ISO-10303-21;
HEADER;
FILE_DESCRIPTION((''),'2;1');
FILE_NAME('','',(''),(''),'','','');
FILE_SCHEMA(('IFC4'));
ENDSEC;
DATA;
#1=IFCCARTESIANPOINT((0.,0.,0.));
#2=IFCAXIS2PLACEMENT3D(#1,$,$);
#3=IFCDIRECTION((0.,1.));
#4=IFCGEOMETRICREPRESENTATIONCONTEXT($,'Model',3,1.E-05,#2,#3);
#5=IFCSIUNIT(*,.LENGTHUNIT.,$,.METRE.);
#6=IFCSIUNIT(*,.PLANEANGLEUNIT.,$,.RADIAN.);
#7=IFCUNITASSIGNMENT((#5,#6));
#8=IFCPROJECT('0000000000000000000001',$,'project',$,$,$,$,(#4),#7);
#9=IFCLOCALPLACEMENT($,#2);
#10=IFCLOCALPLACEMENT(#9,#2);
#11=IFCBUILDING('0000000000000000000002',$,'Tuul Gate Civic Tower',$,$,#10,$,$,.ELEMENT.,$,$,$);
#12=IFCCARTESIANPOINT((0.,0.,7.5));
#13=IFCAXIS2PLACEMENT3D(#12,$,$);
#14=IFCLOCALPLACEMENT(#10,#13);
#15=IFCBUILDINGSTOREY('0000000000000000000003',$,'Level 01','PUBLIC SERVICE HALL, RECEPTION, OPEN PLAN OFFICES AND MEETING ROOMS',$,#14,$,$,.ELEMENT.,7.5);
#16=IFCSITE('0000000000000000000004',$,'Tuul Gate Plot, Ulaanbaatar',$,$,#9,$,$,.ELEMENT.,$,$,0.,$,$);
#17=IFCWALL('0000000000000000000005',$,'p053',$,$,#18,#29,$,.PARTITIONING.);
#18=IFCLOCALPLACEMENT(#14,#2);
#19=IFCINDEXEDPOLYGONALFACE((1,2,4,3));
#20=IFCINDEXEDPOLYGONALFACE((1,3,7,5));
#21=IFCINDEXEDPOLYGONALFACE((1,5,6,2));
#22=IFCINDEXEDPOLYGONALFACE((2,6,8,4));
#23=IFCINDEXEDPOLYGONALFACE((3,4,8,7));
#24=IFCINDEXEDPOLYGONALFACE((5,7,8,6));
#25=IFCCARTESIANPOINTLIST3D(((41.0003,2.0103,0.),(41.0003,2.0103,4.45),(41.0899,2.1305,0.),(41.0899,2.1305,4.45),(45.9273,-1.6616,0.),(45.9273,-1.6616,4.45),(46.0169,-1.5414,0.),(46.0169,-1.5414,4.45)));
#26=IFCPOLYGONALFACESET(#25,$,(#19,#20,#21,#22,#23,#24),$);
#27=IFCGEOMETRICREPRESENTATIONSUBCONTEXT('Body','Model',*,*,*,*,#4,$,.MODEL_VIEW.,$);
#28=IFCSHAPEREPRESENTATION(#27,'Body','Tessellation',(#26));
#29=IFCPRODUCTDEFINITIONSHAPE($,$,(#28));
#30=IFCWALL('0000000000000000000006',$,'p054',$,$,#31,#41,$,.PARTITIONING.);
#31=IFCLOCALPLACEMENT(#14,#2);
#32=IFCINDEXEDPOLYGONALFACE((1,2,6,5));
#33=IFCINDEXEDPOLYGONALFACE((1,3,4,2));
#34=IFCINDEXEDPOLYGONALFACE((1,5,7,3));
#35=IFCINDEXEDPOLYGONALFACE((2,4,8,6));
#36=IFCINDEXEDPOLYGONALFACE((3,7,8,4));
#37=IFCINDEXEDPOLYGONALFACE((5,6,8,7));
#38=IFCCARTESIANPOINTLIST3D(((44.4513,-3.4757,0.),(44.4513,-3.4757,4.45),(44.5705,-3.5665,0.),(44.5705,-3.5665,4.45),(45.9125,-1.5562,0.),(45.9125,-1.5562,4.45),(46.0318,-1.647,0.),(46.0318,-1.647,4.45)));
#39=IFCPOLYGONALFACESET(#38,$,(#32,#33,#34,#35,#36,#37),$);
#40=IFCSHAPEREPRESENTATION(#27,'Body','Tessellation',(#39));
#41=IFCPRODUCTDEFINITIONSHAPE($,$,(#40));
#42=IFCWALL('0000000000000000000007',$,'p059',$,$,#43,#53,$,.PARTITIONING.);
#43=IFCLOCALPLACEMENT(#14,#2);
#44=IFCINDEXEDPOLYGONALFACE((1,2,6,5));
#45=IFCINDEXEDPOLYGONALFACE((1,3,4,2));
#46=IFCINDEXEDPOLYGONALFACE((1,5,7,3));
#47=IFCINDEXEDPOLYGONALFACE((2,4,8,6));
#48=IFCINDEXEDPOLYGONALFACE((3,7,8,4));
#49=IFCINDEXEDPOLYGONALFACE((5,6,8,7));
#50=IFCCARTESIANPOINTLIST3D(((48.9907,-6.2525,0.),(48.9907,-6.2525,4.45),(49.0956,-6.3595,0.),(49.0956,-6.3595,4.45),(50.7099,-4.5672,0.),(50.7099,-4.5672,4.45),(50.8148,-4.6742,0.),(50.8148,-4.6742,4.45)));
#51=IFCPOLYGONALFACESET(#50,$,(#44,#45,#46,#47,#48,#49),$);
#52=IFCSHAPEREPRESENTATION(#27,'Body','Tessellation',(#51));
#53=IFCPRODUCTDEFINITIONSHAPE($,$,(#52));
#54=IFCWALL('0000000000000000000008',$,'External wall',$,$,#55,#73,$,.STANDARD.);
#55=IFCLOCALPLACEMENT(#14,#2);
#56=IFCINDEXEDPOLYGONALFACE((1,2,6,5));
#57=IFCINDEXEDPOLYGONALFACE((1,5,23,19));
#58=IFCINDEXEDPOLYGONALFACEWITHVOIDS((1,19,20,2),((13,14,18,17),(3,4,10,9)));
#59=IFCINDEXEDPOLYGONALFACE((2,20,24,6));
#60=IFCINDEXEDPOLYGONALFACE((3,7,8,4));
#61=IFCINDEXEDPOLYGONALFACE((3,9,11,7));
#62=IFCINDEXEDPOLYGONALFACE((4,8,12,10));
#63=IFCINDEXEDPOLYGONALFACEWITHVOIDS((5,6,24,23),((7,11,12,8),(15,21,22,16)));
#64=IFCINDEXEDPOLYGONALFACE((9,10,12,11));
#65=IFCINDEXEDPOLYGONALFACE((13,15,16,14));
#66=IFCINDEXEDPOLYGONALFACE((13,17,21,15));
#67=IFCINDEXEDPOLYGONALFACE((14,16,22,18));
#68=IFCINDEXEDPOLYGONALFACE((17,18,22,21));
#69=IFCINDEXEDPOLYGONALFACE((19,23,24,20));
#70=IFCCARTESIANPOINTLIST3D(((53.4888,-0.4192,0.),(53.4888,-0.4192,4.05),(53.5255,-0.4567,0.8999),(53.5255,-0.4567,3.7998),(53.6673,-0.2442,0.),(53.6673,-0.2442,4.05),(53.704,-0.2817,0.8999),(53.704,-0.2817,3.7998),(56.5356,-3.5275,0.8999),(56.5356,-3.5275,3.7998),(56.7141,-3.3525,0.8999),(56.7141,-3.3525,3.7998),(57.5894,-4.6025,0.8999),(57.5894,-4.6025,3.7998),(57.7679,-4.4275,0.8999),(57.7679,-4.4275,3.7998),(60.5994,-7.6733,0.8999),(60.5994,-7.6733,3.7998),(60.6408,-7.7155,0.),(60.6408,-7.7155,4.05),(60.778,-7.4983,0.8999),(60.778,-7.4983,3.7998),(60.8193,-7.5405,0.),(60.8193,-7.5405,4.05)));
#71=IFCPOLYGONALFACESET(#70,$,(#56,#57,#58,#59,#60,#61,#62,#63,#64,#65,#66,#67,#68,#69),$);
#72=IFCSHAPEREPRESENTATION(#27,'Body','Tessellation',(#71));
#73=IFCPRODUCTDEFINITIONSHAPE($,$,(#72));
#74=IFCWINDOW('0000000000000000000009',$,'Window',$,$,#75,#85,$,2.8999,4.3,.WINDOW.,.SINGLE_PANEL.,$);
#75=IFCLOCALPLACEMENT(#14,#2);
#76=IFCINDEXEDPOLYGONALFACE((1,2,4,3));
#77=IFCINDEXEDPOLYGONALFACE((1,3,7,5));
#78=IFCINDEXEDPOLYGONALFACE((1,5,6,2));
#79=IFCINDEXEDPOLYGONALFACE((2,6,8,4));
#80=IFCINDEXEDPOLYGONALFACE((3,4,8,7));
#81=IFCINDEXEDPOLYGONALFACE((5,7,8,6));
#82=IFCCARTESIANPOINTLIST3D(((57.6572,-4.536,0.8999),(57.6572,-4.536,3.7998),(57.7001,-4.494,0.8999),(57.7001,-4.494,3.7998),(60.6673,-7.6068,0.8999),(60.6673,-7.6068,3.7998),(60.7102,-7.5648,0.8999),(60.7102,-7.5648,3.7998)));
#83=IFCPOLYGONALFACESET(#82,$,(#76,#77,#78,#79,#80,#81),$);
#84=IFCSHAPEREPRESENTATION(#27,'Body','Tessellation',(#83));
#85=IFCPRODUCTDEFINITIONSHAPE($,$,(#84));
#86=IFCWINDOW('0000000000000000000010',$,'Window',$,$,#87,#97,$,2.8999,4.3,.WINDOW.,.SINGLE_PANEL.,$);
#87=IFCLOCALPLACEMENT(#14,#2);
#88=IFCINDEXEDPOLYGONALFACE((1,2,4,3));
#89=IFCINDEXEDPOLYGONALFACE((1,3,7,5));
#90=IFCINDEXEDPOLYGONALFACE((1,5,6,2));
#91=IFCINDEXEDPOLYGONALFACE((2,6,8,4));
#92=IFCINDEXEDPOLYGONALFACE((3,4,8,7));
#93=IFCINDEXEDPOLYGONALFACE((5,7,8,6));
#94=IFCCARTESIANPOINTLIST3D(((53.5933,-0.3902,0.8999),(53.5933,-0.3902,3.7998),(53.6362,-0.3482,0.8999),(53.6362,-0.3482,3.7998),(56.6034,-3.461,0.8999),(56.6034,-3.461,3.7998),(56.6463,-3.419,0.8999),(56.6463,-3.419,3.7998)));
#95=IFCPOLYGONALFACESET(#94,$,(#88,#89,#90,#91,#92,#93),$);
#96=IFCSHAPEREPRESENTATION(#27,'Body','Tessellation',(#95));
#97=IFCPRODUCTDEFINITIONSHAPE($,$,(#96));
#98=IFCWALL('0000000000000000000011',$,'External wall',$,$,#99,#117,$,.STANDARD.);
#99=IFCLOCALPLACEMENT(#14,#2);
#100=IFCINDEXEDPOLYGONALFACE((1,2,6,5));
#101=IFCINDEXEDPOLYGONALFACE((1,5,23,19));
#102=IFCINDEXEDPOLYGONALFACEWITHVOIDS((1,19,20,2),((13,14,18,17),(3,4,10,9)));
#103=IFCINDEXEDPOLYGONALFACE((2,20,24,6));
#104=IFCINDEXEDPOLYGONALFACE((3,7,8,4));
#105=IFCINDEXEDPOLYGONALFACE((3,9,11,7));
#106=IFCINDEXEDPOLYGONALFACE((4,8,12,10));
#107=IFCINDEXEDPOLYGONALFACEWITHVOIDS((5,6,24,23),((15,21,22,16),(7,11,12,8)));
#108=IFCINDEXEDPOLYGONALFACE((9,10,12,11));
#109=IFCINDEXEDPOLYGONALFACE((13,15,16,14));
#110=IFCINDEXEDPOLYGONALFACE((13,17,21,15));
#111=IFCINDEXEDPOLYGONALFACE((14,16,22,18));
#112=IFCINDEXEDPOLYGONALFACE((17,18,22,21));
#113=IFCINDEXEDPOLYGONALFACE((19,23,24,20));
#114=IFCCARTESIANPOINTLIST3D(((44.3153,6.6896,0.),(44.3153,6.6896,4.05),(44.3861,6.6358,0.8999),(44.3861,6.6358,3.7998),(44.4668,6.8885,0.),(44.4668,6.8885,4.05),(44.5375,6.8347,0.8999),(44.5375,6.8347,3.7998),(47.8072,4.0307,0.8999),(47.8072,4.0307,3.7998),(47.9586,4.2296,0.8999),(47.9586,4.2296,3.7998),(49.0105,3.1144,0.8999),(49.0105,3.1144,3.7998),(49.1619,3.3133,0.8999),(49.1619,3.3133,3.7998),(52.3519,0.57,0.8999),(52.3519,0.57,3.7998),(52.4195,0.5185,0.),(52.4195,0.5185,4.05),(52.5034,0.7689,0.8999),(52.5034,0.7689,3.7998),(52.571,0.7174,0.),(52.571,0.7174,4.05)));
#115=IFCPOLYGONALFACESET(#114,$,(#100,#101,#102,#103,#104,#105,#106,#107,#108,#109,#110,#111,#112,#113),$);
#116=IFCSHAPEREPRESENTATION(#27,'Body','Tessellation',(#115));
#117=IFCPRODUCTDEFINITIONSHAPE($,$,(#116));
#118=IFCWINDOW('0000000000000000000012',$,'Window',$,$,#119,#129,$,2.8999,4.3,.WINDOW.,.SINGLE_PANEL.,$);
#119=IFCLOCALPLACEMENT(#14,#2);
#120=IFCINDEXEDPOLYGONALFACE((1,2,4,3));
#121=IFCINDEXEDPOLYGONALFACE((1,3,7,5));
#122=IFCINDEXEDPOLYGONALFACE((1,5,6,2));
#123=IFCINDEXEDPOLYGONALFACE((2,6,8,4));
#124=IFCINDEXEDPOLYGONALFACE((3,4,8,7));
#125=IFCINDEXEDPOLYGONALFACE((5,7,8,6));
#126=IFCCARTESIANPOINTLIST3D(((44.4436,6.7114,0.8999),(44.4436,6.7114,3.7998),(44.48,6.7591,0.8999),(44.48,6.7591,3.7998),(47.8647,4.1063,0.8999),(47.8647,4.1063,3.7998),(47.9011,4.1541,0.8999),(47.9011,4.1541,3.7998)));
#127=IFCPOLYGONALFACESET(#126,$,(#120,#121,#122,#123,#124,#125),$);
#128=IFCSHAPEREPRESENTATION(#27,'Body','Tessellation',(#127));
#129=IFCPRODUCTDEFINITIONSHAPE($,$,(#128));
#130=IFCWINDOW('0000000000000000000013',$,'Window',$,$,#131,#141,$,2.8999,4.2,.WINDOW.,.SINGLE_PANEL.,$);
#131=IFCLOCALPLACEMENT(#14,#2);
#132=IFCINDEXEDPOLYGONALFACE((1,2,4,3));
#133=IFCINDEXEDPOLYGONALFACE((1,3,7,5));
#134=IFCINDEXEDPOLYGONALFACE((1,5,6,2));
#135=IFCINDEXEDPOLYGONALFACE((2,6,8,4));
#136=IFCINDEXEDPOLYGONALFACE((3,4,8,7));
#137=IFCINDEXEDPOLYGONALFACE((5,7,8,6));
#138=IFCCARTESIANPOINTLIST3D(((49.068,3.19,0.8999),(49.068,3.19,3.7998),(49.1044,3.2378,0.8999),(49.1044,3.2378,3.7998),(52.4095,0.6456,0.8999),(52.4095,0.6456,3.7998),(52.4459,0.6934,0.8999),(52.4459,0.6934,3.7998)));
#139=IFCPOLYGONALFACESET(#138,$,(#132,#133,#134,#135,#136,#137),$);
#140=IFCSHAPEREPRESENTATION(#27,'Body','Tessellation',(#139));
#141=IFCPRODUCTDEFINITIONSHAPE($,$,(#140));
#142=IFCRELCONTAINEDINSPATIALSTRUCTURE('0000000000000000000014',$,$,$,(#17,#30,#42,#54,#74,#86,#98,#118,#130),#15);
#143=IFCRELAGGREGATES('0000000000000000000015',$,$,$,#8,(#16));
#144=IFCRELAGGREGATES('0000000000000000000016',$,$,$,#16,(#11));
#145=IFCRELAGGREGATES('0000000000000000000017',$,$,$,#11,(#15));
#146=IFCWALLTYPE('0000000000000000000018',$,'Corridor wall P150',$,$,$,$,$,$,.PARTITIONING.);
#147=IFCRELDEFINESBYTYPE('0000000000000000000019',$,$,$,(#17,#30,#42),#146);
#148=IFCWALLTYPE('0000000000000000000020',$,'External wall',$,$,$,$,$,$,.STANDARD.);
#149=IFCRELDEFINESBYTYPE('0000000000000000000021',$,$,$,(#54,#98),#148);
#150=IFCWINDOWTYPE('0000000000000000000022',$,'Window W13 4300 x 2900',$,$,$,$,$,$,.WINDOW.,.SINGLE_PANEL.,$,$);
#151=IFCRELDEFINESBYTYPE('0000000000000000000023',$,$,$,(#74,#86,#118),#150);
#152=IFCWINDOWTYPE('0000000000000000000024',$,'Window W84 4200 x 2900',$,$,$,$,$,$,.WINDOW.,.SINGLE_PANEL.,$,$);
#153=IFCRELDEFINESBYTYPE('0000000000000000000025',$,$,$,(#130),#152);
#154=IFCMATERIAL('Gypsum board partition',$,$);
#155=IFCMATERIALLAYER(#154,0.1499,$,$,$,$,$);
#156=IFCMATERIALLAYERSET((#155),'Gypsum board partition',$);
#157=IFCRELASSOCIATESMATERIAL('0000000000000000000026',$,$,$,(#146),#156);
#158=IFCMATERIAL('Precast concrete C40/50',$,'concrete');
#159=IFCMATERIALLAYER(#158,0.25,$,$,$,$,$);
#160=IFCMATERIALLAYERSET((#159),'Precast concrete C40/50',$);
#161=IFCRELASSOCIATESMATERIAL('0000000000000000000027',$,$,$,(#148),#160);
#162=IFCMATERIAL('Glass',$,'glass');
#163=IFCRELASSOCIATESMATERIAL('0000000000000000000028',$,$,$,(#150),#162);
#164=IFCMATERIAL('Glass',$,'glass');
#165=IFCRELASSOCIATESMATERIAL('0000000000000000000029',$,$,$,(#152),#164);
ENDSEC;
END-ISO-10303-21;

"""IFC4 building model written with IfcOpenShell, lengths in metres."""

from ifc_helpers import new_model, si_unit, direction, frame, frame_2d, origin, place, context, subcontext, project, spatial, rectangle, extrude, material, layer, layer_set, type_object, element, fill, save


model = new_model("IFC4")

# Units and contexts
model_context = context("Model", 3, precision=1e-05, world=origin(), true_north=direction((0.0, 1.0)))
body_context = subcontext(model_context, "Body", "Model", "MODEL_VIEW")
ifc_project = project(units=[si_unit("LENGTHUNIT", "METRE"), si_unit("PLANEANGLEUNIT", "RADIAN")], contexts=[model_context])

# Site, building, storey
site_placement = place(None, origin())
site = spatial("IfcSite", under=ifc_project, at=site_placement, Name="Tuul Gate Plot, Ulaanbaatar", CompositionType="ELEMENT", RefElevation=0.0)
building_placement = place(site_placement, origin())
building = spatial("IfcBuilding", under=site, at=building_placement, Name="Tuul Gate Civic Tower", CompositionType="ELEMENT")
storey_placement = place(building_placement, frame((0.0, 0.0, 7.5)))
storey = spatial("IfcBuildingStorey", under=building, at=storey_placement, Name="Level 01", Description="PUBLIC SERVICE HALL, RECEPTION, OPEN PLAN OFFICES AND MEETING ROOMS", CompositionType="ELEMENT", Elevation=7.5)

# Walls
ifc_material_1 = material(Name="Gypsum board partition")
ifc_layer_1 = layer(ifc_material_1, 0.1499)
ifc_layer_set_1 = layer_set([ifc_layer_1], Name="Gypsum board partition")
wall_type_1 = type_object("IfcWallType", Name="Corridor wall P150", PredefinedType="PARTITIONING", material=ifc_layer_set_1)
wall_1_placement = place(storey_placement, frame((41.0452, 2.0703, 0.0), z_axis=(0.0, 0.0, 1.0), x_axis=(0.801822, -0.597562, 0.0)))
element("IfcWall", 1, at=wall_1_placement, inside=storey, type_object=wall_type_1, Name="p053", PredefinedType="PARTITIONING", context=body_context, shape_type="SweptSolid", body=[
    extrude(rectangle(XDim=6.1448, YDim=0.1499, at=frame_2d((3.0723, 0.0))), origin(), (0.0, 0.0, 1.0), 4.45),
])
wall_2_placement = place(storey_placement, frame((44.511, -3.521, 0.0), z_axis=(0.0, 0.0, 1.0), x_axis=(0.605717, 0.79568, 0.0)))
element("IfcWall", 2, at=wall_2_placement, inside=storey, type_object=wall_type_1, Name="p054", PredefinedType="PARTITIONING", context=body_context, shape_type="SweptSolid", body=[
    extrude(rectangle(XDim=2.4124, YDim=0.1499, at=frame_2d((1.2061, 0.0))), origin(), (0.0, 0.0, 1.0), 4.45),
])
wall_3_placement = place(storey_placement, frame((49.0432, -6.3059, 0.0), z_axis=(0.0, 0.0, 1.0), x_axis=(0.71412, 0.700024, 0.0)))
element("IfcWall", 3, at=wall_3_placement, inside=storey, type_object=wall_type_1, Name="p059", PredefinedType="PARTITIONING", context=body_context, shape_type="SweptSolid", body=[
    extrude(rectangle(XDim=2.4075, YDim=0.1499, at=frame_2d((1.2036, 0.0))), origin(), (0.0, 0.0, 1.0), 4.45),
])

# Walls, openings, windows
ifc_material_2 = material(Name="Precast concrete C40/50", Category="concrete")
ifc_layer_2 = layer(ifc_material_2, 0.25)
ifc_layer_set_2 = layer_set([ifc_layer_2], Name="Precast concrete C40/50")
wall_type_2 = type_object("IfcWallType", Name="External wall", PredefinedType="STANDARD", material=ifc_layer_set_2)
wall_4_placement = place(storey_placement, frame((60.73, -7.6279, 0.0), z_axis=(0.0, 0.0, 1.0), x_axis=(-0.70001, 0.714133, 0.0)))
wall_4 = element("IfcWall", 4, at=wall_4_placement, inside=storey, type_object=wall_type_2, Name="External wall", PredefinedType="STANDARD", context=body_context, shape_type="SweptSolid", body=[
    extrude(rectangle(XDim=10.217, YDim=0.25, at=frame_2d((5.1084, 0.0))), origin(), (0.0, 0.0, 1.0), 4.05),
])
opening_1_placement = place(wall_4_placement, frame((0.0591, 0.0, 0.8999)))
opening_1 = element("IfcOpeningElement", 5, at=opening_1_placement, cuts=wall_4, PredefinedType="OPENING", context=body_context, shape_type="SweptSolid", body=[
    extrude(rectangle(XDim=4.3, YDim=2.8999, at=frame_2d((2.1499, 1.45))), frame((0.0, 0.135, 0.0), z_axis=(0.0, -1.0, 0.0), x_axis=(1.0, 0.0, 0.0)), (0.0, 0.0, 1.0), 0.27),
])
opening_2_placement = place(wall_4_placement, frame((5.8645, 0.0, 0.8999)))
opening_2 = element("IfcOpeningElement", 6, at=opening_2_placement, cuts=wall_4, PredefinedType="OPENING", context=body_context, shape_type="SweptSolid", body=[
    extrude(rectangle(XDim=4.3, YDim=2.8999, at=frame_2d((2.1499, 1.45))), frame((0.0, 0.135, 0.0), z_axis=(0.0, -1.0, 0.0), x_axis=(1.0, 0.0, 0.0)), (0.0, 0.0, 1.0), 0.27),
])
ifc_material_3 = material(Name="Glass", Category="glass")
window_type_1 = type_object("IfcWindowType", Name="Window W13 4300 x 2900", PartitioningType="SINGLE_PANEL", PredefinedType="WINDOW", material=ifc_material_3)
window_1_placement = place(opening_1_placement, origin())
window_1 = element("IfcWindow", 7, at=window_1_placement, inside=storey, type_object=window_type_1, Name="Window", OverallHeight=2.8999, OverallWidth=4.3, PartitioningType="SINGLE_PANEL", PredefinedType="WINDOW", context=body_context, shape_type="SweptSolid", body=[
    extrude(rectangle(XDim=4.3, YDim=2.8999, at=frame_2d((2.1499, 1.45))), frame((0.0, 0.03, 0.0), z_axis=(0.0, -1.0, 0.0), x_axis=(1.0, 0.0, 0.0)), (0.0, 0.0, 1.0), 0.0601),
])
fill(opening_1, window_1)
window_2_placement = place(opening_2_placement, origin())
window_2 = element("IfcWindow", 8, at=window_2_placement, inside=storey, type_object=window_type_1, Name="Window", OverallHeight=2.8999, OverallWidth=4.3, PartitioningType="SINGLE_PANEL", PredefinedType="WINDOW", context=body_context, shape_type="SweptSolid", body=[
    extrude(rectangle(XDim=4.3, YDim=2.8999, at=frame_2d((2.1499, 1.45))), frame((0.0, 0.03, 0.0), z_axis=(0.0, -1.0, 0.0), x_axis=(1.0, 0.0, 0.0)), (0.0, 0.0, 1.0), 0.0601),
])
fill(opening_2, window_2)
wall_5_placement = place(storey_placement, frame((52.4954, 0.6179, 0.0), z_axis=(0.0, 0.0, 1.0), x_axis=(-0.795598, 0.605824, 0.0)))
wall_5 = element("IfcWall", 9, at=wall_5_placement, inside=storey, type_object=wall_type_2, Name="External wall", PredefinedType="STANDARD", context=body_context, shape_type="SweptSolid", body=[
    extrude(rectangle(XDim=10.1863, YDim=0.25, at=frame_2d((5.0933, 0.0))), origin(), (0.0, 0.0, 1.0), 4.05),
])
opening_3_placement = place(wall_5_placement, frame((0.085, 0.0, 0.8999)))
opening_3 = element("IfcOpeningElement", 10, at=opening_3_placement, cuts=wall_5, PredefinedType="OPENING", context=body_context, shape_type="SweptSolid", body=[
    extrude(rectangle(XDim=4.2, YDim=2.8999, at=frame_2d((2.1001, 1.45))), frame((0.0, 0.135, 0.0), z_axis=(0.0, -1.0, 0.0), x_axis=(1.0, 0.0, 0.0)), (0.0, 0.0, 1.0), 0.27),
])
opening_4_placement = place(wall_5_placement, frame((5.7976, 0.0, 0.8999)))
opening_4 = element("IfcOpeningElement", 11, at=opening_4_placement, cuts=wall_5, PredefinedType="OPENING", context=body_context, shape_type="SweptSolid", body=[
    extrude(rectangle(XDim=4.3, YDim=2.8999, at=frame_2d((2.1499, 1.45))), frame((0.0, 0.135, 0.0), z_axis=(0.0, -1.0, 0.0), x_axis=(1.0, 0.0, 0.0)), (0.0, 0.0, 1.0), 0.27),
])
window_3_placement = place(opening_4_placement, origin())
window_3 = element("IfcWindow", 12, at=window_3_placement, inside=storey, type_object=window_type_1, Name="Window", OverallHeight=2.8999, OverallWidth=4.3, PartitioningType="SINGLE_PANEL", PredefinedType="WINDOW", context=body_context, shape_type="SweptSolid", body=[
    extrude(rectangle(XDim=4.3, YDim=2.8999, at=frame_2d((2.1499, 1.45))), frame((0.0, 0.03, 0.0), z_axis=(0.0, -1.0, 0.0), x_axis=(1.0, 0.0, 0.0)), (0.0, 0.0, 1.0), 0.0601),
])
fill(opening_4, window_3)
ifc_material_4 = material(Name="Glass", Category="glass")
window_type_2 = type_object("IfcWindowType", Name="Window W84 4200 x 2900", PartitioningType="SINGLE_PANEL", PredefinedType="WINDOW", material=ifc_material_4)
window_4_placement = place(opening_3_placement, origin())
window_4 = element("IfcWindow", 13, at=window_4_placement, inside=storey, type_object=window_type_2, Name="Window", OverallHeight=2.8999, OverallWidth=4.2, PartitioningType="SINGLE_PANEL", PredefinedType="WINDOW", context=body_context, shape_type="SweptSolid", body=[
    extrude(rectangle(XDim=4.2, YDim=2.8999, at=frame_2d((2.1001, 1.45))), frame((0.0, 0.03, 0.0), z_axis=(0.0, -1.0, 0.0), x_axis=(1.0, 0.0, 0.0)), (0.0, 0.0, 1.0), 0.0601),
])
fill(opening_3, window_4)

save(model, "model.ifc")
